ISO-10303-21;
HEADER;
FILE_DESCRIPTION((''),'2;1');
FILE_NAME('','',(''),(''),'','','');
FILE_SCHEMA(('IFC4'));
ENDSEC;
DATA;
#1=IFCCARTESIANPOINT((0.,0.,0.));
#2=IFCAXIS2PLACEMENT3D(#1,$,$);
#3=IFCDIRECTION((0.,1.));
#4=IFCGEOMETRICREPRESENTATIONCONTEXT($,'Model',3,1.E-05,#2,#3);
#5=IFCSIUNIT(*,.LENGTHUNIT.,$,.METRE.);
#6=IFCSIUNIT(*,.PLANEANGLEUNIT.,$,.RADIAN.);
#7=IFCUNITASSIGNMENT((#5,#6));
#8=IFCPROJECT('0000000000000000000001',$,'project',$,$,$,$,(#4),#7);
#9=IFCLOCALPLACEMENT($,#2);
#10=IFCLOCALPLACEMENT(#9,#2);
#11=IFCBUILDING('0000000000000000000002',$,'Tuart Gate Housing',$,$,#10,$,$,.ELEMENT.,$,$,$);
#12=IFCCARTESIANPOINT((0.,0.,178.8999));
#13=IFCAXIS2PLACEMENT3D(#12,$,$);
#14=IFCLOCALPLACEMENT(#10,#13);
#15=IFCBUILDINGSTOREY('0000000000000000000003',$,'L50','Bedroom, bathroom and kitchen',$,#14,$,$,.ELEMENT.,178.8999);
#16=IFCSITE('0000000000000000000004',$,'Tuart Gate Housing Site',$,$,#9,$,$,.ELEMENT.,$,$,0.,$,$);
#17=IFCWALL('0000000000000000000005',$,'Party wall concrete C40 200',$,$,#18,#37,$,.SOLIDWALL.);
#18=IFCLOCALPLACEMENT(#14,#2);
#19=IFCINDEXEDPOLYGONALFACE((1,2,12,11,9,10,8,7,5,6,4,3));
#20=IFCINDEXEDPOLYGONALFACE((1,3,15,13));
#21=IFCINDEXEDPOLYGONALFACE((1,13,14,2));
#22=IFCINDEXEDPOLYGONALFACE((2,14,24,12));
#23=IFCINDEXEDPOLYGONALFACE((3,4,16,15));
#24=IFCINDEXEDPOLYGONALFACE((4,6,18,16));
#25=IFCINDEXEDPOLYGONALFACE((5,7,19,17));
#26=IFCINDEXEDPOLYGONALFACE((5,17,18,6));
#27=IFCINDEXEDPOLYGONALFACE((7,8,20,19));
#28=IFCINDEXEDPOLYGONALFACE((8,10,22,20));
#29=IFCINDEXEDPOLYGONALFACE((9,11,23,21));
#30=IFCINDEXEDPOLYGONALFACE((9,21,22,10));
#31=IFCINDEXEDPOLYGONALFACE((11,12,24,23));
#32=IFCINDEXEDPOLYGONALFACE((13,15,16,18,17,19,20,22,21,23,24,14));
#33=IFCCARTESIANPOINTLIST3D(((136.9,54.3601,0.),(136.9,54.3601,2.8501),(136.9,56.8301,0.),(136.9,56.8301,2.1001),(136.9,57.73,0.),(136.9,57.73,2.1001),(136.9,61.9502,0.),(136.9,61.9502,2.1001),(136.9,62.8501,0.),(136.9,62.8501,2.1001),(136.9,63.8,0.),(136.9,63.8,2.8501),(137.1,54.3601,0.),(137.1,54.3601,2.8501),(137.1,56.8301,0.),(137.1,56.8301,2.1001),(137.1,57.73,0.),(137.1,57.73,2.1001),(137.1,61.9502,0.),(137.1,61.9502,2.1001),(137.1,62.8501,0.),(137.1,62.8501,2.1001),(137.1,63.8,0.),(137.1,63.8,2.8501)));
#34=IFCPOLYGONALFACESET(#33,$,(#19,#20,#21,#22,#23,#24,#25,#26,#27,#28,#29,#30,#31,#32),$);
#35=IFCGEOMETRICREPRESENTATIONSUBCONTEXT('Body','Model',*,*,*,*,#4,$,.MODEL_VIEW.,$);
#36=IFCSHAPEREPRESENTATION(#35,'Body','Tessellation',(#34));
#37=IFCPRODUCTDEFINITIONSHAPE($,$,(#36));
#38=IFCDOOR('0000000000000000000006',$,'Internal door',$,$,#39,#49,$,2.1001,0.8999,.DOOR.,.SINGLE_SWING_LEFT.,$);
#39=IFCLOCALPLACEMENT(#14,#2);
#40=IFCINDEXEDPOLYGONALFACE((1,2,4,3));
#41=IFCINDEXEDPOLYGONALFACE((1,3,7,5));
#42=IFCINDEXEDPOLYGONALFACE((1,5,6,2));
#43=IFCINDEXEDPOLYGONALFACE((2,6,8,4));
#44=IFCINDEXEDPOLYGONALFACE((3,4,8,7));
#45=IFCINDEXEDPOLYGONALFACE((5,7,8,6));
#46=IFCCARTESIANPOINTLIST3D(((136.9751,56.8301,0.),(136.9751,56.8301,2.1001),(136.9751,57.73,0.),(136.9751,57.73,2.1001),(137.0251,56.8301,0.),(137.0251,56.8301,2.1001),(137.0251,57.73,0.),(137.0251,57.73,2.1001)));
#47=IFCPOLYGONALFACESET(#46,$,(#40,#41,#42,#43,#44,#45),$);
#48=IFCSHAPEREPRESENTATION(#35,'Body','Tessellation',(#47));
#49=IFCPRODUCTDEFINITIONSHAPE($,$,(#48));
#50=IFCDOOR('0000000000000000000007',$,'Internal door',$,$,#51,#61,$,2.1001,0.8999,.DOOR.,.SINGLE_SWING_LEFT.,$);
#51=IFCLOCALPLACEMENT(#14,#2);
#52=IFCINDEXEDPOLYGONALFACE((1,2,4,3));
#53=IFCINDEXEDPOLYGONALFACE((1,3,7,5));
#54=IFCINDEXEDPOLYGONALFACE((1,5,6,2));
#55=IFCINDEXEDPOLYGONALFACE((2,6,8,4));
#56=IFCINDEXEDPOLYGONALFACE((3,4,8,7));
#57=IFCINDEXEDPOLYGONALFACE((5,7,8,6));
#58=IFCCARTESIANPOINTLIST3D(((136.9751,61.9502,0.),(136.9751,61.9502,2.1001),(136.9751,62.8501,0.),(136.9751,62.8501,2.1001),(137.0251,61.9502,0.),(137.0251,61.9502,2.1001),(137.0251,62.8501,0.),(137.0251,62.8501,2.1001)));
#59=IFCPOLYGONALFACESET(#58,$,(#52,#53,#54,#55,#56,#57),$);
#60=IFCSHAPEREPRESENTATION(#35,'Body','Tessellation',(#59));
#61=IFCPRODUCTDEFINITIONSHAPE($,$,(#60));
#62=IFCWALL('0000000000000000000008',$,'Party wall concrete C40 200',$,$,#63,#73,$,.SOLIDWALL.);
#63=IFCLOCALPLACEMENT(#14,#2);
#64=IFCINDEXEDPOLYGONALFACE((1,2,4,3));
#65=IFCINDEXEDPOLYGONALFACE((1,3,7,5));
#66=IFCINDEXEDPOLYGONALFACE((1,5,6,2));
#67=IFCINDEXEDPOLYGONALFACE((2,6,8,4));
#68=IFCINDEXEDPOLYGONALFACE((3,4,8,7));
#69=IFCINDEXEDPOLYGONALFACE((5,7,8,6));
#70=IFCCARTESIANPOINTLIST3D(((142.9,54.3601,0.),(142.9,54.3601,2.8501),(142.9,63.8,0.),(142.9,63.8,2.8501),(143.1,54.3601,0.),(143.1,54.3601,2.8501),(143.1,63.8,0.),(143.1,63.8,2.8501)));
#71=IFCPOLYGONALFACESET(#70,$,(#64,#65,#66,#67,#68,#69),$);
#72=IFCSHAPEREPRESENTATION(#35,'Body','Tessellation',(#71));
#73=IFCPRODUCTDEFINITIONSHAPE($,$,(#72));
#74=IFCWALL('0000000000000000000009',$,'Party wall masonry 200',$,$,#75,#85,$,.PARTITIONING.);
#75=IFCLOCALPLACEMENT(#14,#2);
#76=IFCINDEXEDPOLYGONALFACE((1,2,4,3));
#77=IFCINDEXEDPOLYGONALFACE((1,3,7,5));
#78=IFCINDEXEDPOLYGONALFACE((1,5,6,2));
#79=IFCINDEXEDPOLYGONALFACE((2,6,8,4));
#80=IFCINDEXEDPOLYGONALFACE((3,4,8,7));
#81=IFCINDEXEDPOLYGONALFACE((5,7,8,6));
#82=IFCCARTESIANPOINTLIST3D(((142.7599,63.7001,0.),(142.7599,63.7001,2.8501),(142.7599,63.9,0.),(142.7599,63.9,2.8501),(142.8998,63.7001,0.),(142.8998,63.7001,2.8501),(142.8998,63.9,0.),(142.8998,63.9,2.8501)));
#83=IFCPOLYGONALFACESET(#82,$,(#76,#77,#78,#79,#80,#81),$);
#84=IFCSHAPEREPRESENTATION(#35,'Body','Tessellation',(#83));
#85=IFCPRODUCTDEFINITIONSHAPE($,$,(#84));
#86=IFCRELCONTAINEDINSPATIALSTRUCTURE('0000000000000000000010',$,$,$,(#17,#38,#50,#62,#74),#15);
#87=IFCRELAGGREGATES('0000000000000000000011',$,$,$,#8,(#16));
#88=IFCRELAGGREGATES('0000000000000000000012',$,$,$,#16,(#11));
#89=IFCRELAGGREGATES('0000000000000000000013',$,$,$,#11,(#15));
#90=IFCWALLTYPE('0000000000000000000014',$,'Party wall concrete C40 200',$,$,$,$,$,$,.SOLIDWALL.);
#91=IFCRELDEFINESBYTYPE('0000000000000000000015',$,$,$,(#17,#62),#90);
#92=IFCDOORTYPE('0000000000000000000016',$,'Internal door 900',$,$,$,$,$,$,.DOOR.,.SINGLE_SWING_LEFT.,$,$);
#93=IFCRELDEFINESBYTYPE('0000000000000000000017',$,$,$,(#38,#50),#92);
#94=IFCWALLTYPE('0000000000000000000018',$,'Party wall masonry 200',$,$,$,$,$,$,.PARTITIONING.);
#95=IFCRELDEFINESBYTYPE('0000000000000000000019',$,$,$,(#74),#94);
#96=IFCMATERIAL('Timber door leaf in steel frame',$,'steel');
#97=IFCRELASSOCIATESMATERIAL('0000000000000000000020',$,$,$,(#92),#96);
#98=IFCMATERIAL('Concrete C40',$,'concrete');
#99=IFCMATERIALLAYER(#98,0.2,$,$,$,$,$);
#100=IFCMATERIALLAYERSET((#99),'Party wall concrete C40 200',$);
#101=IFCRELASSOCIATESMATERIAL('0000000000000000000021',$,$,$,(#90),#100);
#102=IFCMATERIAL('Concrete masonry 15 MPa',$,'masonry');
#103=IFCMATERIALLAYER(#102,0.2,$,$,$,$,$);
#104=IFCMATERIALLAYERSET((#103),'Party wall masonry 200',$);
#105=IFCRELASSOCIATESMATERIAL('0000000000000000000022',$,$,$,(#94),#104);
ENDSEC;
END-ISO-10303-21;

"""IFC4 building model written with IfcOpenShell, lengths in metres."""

from ifc_helpers import new_model, si_unit, direction, frame, frame_2d, origin, place, context, subcontext, project, spatial, rectangle, extrude, material, layer, layer_set, type_object, element, fill, save


model = new_model("IFC4")

# Units and contexts
model_context = context("Model", 3, precision=1e-05, world=origin(), true_north=direction((0.0, 1.0)))
body_context = subcontext(model_context, "Body", "Model", "MODEL_VIEW")
ifc_project = project(units=[si_unit("LENGTHUNIT", "METRE"), si_unit("PLANEANGLEUNIT", "RADIAN")], contexts=[model_context])

# Site, building, storey
site_placement = place(None, origin())
site = spatial("IfcSite", under=ifc_project, at=site_placement, Name="Tuart Gate Housing Site", CompositionType="ELEMENT", RefElevation=0.0)
building_placement = place(site_placement, origin())
building = spatial("IfcBuilding", under=site, at=building_placement, Name="Tuart Gate Housing", CompositionType="ELEMENT")
storey_placement = place(building_placement, frame((0.0, 0.0, 178.8999)))
storey = spatial("IfcBuildingStorey", under=building, at=storey_placement, Name="L50", Description="Bedroom, bathroom and kitchen", CompositionType="ELEMENT", Elevation=178.8999)

# Shared definitions
ifc_material_1 = material(Name="Timber door leaf in steel frame", Category="steel")
door_type_1 = type_object("IfcDoorType", Name="Internal door 900", OperationType="SINGLE_SWING_LEFT", PredefinedType="DOOR", material=ifc_material_1)

# Wall, openings, doors
ifc_material_2 = material(Name="Concrete C40", Category="concrete")
ifc_layer_1 = layer(ifc_material_2, 0.2)
ifc_layer_set_1 = layer_set([ifc_layer_1], Name="Party wall concrete C40 200")
wall_type_1 = type_object("IfcWallType", Name="Party wall concrete C40 200", PredefinedType="SOLIDWALL", material=ifc_layer_set_1)
wall_1_placement = place(storey_placement, frame((137.0, 54.3601, 0.0), z_axis=(0.0, 0.0, 1.0), x_axis=(0.0, 1.0, 0.0)))
wall_1 = element("IfcWall", 1, at=wall_1_placement, inside=storey, type_object=wall_type_1, Name="Party wall concrete C40 200", PredefinedType="SOLIDWALL", context=body_context, shape_type="SweptSolid", body=[
    extrude(rectangle(XDim=9.4399, YDim=0.2, at=frame_2d((4.72, 0.0))), origin(), (0.0, 0.0, 1.0), 2.8501),
])
opening_1_placement = place(wall_1_placement, frame((2.47, 0.0, 0.0)))
opening_1 = element("IfcOpeningElement", 2, at=opening_1_placement, cuts=wall_1, PredefinedType="OPENING", context=body_context, shape_type="SweptSolid", body=[
    extrude(rectangle(XDim=0.8999, YDim=2.1001, at=frame_2d((0.45, 1.05))), frame((0.0, 0.1099, 0.0), z_axis=(0.0, -1.0, 0.0), x_axis=(1.0, 0.0, 0.0)), (0.0, 0.0, 1.0), 0.22),
])
opening_2_placement = place(wall_1_placement, frame((7.5901, 0.0, 0.0)))
opening_2 = element("IfcOpeningElement", 3, at=opening_2_placement, cuts=wall_1, PredefinedType="OPENING", context=body_context, shape_type="SweptSolid", body=[
    extrude(rectangle(XDim=0.8999, YDim=2.1001, at=frame_2d((0.45, 1.05))), frame((0.0, 0.1099, 0.0), z_axis=(0.0, -1.0, 0.0), x_axis=(1.0, 0.0, 0.0)), (0.0, 0.0, 1.0), 0.22),
])
door_1_placement = place(opening_1_placement, origin())
door_1 = element("IfcDoor", 4, at=door_1_placement, inside=storey, type_object=door_type_1, Name="Internal door", OperationType="SINGLE_SWING_LEFT", OverallHeight=2.1001, OverallWidth=0.8999, PredefinedType="DOOR", context=body_context, shape_type="SweptSolid", body=[
    extrude(rectangle(XDim=0.8999, YDim=2.1001, at=frame_2d((0.45, 1.05))), frame((0.0, 0.0249, 0.0), z_axis=(0.0, -1.0, 0.0), x_axis=(1.0, 0.0, 0.0)), (0.0, 0.0, 1.0), 0.05),
])
fill(opening_1, door_1)
door_2_placement = place(opening_2_placement, origin())
door_2 = element("IfcDoor", 5, at=door_2_placement, inside=storey, type_object=door_type_1, Name="Internal door", OperationType="SINGLE_SWING_LEFT", OverallHeight=2.1001, OverallWidth=0.8999, PredefinedType="DOOR", context=body_context, shape_type="SweptSolid", body=[
    extrude(rectangle(XDim=0.8999, YDim=2.1001, at=frame_2d((0.45, 1.05))), frame((0.0, 0.0249, 0.0), z_axis=(0.0, -1.0, 0.0), x_axis=(1.0, 0.0, 0.0)), (0.0, 0.0, 1.0), 0.05),
])
fill(opening_2, door_2)

# Walls
wall_2_placement = place(storey_placement, frame((143.0, 54.3601, 0.0), z_axis=(0.0, 0.0, 1.0), x_axis=(0.0, 1.0, 0.0)))
element("IfcWall", 6, at=wall_2_placement, inside=storey, type_object=wall_type_1, Name="Party wall concrete C40 200", PredefinedType="SOLIDWALL", context=body_context, shape_type="SweptSolid", body=[
    extrude(rectangle(XDim=9.4399, YDim=0.2, at=frame_2d((4.72, 0.0))), origin(), (0.0, 0.0, 1.0), 2.8501),
])
ifc_material_3 = material(Name="Concrete masonry 15 MPa", Category="masonry")
ifc_layer_2 = layer(ifc_material_3, 0.2)
ifc_layer_set_2 = layer_set([ifc_layer_2], Name="Party wall masonry 200")
wall_type_2 = type_object("IfcWallType", Name="Party wall masonry 200", PredefinedType="PARTITIONING", material=ifc_layer_set_2)
wall_3_placement = place(storey_placement, frame((142.76, 63.8, 0.0), z_axis=(0.0, 0.0, 1.0), x_axis=(1.0, 0.0, 0.0)))
element("IfcWall", 7, at=wall_3_placement, inside=storey, type_object=wall_type_2, Name="Party wall masonry 200", PredefinedType="PARTITIONING", context=body_context, shape_type="SweptSolid", body=[
    extrude(rectangle(XDim=0.1399, YDim=0.2, at=frame_2d((0.0698, 0.0))), origin(), (0.0, 0.0, 1.0), 2.8501),
])

save(model, "model.ifc")
